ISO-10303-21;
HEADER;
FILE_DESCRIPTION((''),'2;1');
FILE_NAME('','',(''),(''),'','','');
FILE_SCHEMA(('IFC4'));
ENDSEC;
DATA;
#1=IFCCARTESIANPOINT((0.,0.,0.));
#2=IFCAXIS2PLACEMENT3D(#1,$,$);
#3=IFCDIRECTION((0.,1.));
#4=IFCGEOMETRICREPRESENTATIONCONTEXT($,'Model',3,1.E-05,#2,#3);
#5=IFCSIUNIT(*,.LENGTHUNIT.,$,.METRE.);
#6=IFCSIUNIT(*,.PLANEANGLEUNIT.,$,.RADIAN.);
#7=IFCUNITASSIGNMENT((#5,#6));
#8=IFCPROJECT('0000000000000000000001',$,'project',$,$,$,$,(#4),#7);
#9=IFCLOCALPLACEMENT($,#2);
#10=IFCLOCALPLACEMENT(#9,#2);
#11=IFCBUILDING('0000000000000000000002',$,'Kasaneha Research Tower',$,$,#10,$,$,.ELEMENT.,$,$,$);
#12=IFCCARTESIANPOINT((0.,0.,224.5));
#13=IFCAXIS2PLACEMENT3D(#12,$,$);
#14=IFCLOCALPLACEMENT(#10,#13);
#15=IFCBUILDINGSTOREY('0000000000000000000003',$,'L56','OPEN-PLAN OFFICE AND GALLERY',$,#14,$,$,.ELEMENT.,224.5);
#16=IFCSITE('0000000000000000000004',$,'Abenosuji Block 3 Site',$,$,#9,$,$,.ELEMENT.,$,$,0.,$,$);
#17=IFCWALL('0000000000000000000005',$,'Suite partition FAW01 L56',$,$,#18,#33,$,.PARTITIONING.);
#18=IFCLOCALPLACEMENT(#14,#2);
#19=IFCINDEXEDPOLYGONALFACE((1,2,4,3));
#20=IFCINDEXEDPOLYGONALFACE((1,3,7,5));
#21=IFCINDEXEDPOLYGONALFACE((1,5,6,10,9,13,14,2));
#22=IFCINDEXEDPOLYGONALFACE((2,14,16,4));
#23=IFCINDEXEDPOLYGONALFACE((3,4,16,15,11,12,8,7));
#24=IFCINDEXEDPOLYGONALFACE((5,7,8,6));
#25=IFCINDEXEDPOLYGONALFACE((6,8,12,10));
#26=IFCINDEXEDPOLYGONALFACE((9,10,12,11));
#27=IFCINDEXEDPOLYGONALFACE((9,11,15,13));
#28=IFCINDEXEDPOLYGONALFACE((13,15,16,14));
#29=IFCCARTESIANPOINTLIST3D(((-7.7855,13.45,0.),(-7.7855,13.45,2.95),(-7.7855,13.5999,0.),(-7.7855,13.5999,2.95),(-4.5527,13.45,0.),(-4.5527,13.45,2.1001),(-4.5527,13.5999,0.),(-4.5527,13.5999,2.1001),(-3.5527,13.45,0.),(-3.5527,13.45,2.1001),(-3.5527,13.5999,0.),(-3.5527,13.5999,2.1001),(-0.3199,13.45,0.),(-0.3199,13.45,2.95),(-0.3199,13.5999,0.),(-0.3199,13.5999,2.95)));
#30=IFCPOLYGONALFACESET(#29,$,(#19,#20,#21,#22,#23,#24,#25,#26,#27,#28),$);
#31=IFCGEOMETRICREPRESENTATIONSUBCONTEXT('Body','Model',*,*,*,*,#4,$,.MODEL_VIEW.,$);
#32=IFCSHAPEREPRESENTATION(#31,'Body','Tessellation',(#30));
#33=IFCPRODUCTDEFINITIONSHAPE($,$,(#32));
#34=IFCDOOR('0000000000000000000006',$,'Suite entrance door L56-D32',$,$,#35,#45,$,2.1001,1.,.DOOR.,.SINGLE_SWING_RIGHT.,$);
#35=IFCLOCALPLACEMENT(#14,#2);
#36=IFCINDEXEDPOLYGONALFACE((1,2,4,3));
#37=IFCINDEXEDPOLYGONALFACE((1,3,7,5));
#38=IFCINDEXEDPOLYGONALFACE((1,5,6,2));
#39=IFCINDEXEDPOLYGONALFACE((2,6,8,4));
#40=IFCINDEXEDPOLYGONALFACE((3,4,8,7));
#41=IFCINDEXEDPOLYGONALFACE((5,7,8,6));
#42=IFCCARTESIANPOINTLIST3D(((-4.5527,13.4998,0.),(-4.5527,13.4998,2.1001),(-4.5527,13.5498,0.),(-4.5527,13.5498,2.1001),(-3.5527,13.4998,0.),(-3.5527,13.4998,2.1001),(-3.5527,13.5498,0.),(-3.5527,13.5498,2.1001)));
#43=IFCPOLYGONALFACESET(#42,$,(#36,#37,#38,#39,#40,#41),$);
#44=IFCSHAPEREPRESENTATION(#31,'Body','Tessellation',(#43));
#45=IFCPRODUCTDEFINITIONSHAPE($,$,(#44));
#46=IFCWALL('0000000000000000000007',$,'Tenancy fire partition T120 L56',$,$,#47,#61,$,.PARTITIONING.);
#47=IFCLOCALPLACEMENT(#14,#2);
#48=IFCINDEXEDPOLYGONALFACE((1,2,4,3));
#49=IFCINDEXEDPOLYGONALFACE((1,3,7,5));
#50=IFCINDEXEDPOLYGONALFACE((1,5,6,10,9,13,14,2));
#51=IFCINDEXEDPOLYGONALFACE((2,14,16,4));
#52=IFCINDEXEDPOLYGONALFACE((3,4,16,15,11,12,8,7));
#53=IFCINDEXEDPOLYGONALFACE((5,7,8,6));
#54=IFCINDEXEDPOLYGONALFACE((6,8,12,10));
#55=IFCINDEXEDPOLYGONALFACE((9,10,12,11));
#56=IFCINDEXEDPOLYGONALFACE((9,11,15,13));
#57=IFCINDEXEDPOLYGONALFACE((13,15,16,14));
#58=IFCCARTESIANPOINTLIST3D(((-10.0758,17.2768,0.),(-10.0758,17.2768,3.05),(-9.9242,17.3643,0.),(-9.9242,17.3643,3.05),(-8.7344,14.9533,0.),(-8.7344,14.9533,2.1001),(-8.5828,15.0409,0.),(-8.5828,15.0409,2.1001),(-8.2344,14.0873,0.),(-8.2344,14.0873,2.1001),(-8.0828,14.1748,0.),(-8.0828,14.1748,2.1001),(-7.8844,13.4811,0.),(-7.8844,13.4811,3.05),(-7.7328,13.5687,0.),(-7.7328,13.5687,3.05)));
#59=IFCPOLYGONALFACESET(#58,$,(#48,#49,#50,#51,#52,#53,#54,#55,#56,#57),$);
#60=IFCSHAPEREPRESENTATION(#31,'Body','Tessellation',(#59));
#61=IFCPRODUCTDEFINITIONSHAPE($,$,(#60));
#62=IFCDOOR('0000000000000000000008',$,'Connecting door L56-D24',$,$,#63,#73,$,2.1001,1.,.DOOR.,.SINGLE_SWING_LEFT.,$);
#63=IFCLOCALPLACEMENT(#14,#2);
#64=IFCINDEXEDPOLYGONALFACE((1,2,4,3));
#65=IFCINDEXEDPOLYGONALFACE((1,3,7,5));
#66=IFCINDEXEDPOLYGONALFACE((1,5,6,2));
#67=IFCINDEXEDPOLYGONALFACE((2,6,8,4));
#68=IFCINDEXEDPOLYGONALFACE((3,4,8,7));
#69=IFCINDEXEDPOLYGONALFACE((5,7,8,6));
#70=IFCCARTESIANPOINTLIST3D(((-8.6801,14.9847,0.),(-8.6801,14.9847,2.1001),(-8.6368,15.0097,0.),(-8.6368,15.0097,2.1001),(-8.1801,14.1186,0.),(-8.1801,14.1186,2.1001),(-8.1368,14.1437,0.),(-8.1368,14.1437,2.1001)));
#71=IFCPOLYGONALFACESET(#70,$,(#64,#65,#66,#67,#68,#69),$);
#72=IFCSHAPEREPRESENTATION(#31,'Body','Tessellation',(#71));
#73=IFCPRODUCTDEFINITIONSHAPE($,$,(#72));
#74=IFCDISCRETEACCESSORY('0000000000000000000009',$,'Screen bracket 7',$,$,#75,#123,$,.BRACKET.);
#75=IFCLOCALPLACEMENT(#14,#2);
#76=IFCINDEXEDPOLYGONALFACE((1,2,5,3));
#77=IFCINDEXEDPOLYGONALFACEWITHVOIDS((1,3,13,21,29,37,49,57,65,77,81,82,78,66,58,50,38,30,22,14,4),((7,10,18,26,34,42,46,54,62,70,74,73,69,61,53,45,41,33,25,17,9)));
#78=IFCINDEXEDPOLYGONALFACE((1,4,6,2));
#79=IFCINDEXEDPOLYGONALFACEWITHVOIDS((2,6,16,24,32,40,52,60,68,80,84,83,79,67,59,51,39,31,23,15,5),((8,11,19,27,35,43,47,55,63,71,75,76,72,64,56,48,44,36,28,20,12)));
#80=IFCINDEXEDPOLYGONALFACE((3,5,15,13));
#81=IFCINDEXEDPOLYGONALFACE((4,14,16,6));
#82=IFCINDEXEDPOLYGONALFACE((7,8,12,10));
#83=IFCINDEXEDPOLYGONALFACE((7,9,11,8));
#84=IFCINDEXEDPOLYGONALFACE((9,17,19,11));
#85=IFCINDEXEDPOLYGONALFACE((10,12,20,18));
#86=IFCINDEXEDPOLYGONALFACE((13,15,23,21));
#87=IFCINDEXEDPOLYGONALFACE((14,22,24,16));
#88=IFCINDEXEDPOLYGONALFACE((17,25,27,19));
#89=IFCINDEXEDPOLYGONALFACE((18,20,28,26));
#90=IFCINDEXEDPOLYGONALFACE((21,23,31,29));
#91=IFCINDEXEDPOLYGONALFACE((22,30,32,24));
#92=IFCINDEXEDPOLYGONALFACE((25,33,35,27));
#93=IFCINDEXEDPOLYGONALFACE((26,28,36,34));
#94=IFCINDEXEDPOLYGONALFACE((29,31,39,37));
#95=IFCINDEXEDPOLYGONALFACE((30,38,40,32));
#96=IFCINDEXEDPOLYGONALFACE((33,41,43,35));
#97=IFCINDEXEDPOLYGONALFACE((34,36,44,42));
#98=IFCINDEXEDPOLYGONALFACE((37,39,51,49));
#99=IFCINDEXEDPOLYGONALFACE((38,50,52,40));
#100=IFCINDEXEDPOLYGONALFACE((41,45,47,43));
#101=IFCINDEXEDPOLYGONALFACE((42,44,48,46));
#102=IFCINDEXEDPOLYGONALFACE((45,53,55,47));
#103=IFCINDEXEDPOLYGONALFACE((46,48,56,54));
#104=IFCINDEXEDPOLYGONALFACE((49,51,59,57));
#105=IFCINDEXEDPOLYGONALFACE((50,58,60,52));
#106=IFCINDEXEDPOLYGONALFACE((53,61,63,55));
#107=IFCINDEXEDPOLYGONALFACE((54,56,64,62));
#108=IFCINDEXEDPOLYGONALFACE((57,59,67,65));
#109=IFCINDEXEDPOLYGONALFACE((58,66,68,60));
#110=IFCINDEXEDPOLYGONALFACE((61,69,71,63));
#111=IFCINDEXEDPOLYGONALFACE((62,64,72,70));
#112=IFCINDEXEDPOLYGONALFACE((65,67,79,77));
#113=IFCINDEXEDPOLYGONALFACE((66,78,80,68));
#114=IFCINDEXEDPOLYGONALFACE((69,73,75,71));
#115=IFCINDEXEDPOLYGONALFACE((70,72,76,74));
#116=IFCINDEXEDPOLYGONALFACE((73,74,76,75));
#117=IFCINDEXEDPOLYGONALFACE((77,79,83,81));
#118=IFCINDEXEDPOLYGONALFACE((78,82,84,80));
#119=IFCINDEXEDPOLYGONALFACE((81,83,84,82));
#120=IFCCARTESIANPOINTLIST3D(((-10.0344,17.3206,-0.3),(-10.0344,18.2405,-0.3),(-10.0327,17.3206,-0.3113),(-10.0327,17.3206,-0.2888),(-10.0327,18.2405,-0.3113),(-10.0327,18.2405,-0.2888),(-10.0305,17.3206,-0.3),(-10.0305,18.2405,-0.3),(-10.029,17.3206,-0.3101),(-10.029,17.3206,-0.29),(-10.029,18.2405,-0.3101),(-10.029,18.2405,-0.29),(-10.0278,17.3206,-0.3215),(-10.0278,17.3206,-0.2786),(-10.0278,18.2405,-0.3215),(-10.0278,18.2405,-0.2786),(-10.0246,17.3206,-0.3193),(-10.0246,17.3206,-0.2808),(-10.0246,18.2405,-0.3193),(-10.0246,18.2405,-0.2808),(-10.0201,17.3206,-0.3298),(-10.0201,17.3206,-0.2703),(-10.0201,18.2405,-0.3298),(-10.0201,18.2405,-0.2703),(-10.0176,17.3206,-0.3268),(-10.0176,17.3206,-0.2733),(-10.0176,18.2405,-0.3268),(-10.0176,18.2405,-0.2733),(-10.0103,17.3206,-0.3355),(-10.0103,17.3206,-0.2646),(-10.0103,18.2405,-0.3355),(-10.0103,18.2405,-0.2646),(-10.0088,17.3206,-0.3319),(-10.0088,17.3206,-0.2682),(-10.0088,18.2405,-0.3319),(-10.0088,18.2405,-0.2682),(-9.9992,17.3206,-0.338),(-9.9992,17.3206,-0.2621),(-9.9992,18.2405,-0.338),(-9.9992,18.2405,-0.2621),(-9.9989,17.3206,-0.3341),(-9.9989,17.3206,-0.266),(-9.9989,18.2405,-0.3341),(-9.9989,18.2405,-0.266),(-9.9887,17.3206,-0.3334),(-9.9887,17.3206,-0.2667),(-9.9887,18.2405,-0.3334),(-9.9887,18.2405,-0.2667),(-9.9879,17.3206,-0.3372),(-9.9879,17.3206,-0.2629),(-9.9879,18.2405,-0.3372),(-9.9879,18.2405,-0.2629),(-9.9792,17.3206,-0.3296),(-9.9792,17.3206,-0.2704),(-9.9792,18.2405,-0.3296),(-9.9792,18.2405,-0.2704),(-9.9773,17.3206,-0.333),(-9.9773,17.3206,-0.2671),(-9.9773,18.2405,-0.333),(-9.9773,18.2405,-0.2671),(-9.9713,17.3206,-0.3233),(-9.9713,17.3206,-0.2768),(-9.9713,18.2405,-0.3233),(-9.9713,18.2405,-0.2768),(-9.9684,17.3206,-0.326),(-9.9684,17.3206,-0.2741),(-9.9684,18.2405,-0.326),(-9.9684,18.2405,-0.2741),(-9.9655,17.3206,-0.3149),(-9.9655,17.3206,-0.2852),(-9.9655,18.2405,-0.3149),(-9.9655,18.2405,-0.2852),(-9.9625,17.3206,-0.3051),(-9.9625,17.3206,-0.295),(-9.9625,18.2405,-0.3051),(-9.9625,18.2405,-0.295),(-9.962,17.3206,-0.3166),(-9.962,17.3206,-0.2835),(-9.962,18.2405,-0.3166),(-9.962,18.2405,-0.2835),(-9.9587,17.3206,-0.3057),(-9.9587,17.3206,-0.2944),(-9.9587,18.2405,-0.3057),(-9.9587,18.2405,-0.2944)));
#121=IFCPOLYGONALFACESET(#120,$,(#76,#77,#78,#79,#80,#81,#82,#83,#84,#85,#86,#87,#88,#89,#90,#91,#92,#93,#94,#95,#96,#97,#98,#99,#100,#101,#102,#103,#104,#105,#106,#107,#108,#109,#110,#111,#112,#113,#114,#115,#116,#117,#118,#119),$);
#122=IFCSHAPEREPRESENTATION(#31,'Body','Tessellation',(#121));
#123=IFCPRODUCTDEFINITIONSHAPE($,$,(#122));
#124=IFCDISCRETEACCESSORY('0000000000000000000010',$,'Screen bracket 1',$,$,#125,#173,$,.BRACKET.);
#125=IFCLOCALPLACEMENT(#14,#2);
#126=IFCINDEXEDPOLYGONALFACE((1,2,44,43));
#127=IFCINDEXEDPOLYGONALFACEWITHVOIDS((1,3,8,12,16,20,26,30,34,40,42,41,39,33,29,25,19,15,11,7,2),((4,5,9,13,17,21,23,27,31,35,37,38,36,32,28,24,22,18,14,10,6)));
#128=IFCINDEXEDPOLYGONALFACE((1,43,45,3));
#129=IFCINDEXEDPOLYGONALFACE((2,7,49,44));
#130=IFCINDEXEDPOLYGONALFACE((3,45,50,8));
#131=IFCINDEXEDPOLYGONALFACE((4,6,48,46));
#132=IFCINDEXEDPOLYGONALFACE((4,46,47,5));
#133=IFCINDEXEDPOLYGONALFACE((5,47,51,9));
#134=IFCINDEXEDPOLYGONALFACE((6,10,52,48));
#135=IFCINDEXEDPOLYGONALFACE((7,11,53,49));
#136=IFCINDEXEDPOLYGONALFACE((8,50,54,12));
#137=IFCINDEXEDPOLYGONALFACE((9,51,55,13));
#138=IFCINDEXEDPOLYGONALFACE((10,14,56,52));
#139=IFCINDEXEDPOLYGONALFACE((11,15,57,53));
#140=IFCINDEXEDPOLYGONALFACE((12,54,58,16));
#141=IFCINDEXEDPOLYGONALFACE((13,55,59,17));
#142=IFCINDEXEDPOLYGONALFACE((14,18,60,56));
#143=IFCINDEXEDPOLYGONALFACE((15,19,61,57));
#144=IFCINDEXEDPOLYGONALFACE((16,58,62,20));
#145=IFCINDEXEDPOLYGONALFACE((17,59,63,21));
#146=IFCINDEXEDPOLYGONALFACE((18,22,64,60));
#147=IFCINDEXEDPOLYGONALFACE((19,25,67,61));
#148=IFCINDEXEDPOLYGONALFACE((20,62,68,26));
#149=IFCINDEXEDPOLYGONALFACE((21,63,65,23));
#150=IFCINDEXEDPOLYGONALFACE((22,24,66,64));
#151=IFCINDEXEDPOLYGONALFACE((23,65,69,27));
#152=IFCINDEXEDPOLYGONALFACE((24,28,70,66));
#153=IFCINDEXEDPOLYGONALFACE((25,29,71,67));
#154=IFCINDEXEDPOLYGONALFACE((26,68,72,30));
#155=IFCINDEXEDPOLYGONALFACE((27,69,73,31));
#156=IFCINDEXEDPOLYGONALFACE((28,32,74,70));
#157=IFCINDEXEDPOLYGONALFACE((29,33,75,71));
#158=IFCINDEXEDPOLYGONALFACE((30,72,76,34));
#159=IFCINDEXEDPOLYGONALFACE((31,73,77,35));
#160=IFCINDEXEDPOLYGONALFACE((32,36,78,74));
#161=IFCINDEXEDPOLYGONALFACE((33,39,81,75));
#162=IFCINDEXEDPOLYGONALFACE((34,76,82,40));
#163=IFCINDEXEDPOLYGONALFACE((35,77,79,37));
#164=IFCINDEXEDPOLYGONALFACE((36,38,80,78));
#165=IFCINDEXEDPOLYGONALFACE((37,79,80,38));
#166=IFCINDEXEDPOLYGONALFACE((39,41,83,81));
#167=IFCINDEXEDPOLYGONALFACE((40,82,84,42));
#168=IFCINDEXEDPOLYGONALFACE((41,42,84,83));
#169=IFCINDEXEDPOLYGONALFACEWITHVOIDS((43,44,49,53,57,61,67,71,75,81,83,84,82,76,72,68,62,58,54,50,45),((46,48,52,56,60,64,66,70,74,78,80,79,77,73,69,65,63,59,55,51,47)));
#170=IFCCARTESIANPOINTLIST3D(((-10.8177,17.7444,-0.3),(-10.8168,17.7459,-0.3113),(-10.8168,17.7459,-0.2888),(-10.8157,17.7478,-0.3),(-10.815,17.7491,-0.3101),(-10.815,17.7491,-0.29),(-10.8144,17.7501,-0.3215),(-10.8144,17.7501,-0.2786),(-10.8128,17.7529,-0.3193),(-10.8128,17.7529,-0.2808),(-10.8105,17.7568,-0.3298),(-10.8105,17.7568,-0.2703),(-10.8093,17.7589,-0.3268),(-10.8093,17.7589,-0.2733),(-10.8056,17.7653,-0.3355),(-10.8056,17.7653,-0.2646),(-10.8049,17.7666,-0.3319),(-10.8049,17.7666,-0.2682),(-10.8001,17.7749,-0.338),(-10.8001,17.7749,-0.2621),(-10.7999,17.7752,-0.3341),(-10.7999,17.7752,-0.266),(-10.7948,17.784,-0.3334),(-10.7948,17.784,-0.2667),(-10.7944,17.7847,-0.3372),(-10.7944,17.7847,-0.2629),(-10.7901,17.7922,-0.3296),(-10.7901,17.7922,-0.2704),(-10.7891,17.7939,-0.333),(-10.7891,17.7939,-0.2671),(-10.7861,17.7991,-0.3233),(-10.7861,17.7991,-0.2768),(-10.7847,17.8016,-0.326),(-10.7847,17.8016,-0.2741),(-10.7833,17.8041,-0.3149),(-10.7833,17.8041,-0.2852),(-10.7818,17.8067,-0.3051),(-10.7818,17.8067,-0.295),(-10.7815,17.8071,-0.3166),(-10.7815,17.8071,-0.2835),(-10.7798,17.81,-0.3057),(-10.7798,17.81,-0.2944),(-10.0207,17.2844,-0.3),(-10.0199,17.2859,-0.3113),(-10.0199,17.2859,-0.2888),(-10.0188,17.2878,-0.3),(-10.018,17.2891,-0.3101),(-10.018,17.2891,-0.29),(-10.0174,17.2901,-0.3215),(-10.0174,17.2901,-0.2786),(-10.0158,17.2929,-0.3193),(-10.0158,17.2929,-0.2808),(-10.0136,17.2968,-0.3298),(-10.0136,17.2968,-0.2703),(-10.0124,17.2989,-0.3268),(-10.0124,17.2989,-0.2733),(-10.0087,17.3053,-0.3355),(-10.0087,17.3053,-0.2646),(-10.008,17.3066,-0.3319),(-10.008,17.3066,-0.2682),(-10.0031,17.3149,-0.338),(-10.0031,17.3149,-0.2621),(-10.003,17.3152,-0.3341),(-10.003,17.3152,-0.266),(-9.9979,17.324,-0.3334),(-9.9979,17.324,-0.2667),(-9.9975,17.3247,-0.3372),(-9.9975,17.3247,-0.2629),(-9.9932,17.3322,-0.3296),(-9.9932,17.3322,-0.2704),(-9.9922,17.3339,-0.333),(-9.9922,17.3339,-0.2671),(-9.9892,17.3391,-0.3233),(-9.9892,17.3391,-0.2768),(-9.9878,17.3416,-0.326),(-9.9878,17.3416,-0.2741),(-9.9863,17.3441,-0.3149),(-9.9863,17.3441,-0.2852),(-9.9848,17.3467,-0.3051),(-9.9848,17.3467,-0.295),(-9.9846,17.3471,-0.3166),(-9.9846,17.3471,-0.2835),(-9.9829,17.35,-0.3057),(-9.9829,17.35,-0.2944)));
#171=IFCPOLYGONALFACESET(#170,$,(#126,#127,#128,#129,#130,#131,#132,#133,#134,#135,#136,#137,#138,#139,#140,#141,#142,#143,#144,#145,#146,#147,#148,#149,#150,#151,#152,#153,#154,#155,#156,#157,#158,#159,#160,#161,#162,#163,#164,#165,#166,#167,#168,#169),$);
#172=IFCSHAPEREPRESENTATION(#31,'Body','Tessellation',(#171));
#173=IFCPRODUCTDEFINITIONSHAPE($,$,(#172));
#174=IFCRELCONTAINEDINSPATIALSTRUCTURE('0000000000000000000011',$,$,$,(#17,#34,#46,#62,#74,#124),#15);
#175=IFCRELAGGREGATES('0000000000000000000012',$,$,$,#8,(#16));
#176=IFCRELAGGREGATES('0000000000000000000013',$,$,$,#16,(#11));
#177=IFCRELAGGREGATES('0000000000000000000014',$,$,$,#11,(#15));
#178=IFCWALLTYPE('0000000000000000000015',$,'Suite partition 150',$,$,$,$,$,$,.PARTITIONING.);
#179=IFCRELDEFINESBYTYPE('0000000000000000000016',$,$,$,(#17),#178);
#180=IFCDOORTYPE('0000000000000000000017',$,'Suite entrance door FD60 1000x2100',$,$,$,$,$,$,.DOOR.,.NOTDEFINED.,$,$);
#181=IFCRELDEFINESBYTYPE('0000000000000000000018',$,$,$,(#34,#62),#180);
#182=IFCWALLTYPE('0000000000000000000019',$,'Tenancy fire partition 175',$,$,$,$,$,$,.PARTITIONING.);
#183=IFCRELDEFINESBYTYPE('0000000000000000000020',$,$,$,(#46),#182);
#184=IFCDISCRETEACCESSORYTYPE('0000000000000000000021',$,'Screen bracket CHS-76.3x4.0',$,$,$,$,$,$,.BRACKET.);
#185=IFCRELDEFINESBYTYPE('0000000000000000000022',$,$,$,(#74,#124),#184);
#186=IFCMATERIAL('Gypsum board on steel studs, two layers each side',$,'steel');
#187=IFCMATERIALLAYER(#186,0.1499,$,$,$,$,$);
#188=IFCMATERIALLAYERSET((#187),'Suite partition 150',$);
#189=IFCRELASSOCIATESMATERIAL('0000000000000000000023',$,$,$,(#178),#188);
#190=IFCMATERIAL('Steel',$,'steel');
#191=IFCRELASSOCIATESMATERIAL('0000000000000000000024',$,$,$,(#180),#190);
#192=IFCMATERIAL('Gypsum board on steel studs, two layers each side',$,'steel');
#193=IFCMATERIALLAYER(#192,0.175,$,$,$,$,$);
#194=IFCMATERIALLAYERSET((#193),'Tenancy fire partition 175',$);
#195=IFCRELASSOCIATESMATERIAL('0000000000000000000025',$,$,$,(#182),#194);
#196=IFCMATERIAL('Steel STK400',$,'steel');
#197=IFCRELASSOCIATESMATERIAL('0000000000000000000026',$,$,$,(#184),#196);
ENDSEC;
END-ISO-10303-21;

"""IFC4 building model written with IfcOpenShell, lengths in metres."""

from ifc_helpers import new_model, si_unit, direction, frame, frame_2d, origin, origin_2d, place, context, subcontext, project, spatial, rectangle, hollow_circle, extrude, material, layer, layer_set, material_profile, profile_set, type_object, element, fill, save


model = new_model("IFC4")

# Units and contexts
model_context = context("Model", 3, precision=1e-05, world=origin(), true_north=direction((0.0, 1.0)))
body_context = subcontext(model_context, "Body", "Model", "MODEL_VIEW")
ifc_project = project(units=[si_unit("LENGTHUNIT", "METRE"), si_unit("PLANEANGLEUNIT", "RADIAN")], contexts=[model_context])

# Site, building, storey
site_placement = place(None, origin())
site = spatial("IfcSite", under=ifc_project, at=site_placement, Name="Abenosuji Block 3 Site", CompositionType="ELEMENT", RefElevation=0.0)
building_placement = place(site_placement, origin())
building = spatial("IfcBuilding", under=site, at=building_placement, Name="Kasaneha Research Tower", CompositionType="ELEMENT")
storey_placement = place(building_placement, frame((0.0, 0.0, 224.5)))
storey = spatial("IfcBuildingStorey", under=building, at=storey_placement, Name="L56", Description="OPEN-PLAN OFFICE AND GALLERY", CompositionType="ELEMENT", Elevation=224.5)

# Walls, openings, doors
ifc_material_1 = material(Name="Gypsum board on steel studs, two layers each side", Category="steel")
ifc_layer_1 = layer(ifc_material_1, 0.1499)
ifc_layer_set_1 = layer_set([ifc_layer_1], Name="Suite partition 150")
wall_type_1 = type_object("IfcWallType", Name="Suite partition 150", PredefinedType="PARTITIONING", material=ifc_layer_set_1)
wall_1_placement = place(storey_placement, frame((-7.7856, 13.5249, 0.0), z_axis=(0.0, 0.0, 1.0), x_axis=(1.0, 0.0, 0.0)))
wall_1 = element("IfcWall", 1, at=wall_1_placement, inside=storey, type_object=wall_type_1, Name="Suite partition FAW01 L56", PredefinedType="PARTITIONING", context=body_context, shape_type="SweptSolid", body=[
    extrude(rectangle(XDim=7.4656, YDim=0.1499, at=frame_2d((3.7329, 0.0))), origin(), (0.0, 0.0, 1.0), 2.95),
])
opening_1_placement = place(wall_1_placement, frame((3.2329, 0.0, 0.0)))
opening_1 = element("IfcOpeningElement", 2, at=opening_1_placement, cuts=wall_1, PredefinedType="OPENING", context=body_context, shape_type="SweptSolid", body=[
    extrude(rectangle(XDim=1.0, YDim=2.1001, at=frame_2d((0.5, 1.05))), frame((0.0, 0.085, 0.0), z_axis=(0.0, -1.0, 0.0), x_axis=(1.0, 0.0, 0.0)), (0.0, 0.0, 1.0), 0.1699),
])
ifc_material_2 = material(Name="Steel", Category="steel")
door_type_1 = type_object("IfcDoorType", Name="Suite entrance door FD60 1000x2100", OperationType="NOTDEFINED", PredefinedType="DOOR", material=ifc_material_2)
door_1_placement = place(opening_1_placement, origin())
door_1 = element("IfcDoor", 3, at=door_1_placement, inside=storey, type_object=door_type_1, Name="Suite entrance door L56-D32", OperationType="SINGLE_SWING_RIGHT", OverallHeight=2.1001, OverallWidth=1.0, PredefinedType="DOOR", context=body_context, shape_type="SweptSolid", body=[
    extrude(rectangle(XDim=1.0, YDim=2.1001, at=frame_2d((0.5, 1.05))), frame((0.0, 0.0249, 0.0), z_axis=(0.0, -1.0, 0.0), x_axis=(1.0, 0.0, 0.0)), (0.0, 0.0, 1.0), 0.05),
])
fill(opening_1, door_1)
ifc_material_3 = material(Name="Gypsum board on steel studs, two layers each side", Category="steel")
ifc_layer_2 = layer(ifc_material_3, 0.175)
ifc_layer_set_2 = layer_set([ifc_layer_2], Name="Tenancy fire partition 175")
wall_type_2 = type_object("IfcWallType", Name="Tenancy fire partition 175", PredefinedType="PARTITIONING", material=ifc_layer_set_2)
wall_2_placement = place(storey_placement, frame((-7.8086, 13.5249, 0.0), z_axis=(0.0, 0.0, 1.0), x_axis=(-0.499997, 0.866027, 0.0)))
wall_2 = element("IfcWall", 4, at=wall_2_placement, inside=storey, type_object=wall_type_2, Name="Tenancy fire partition T120 L56", PredefinedType="PARTITIONING", context=body_context, shape_type="SweptSolid", body=[
    extrude(rectangle(XDim=4.3828, YDim=0.175, at=frame_2d((2.1914, 0.0))), origin(), (0.0, 0.0, 1.0), 3.05),
])
opening_2_placement = place(wall_2_placement, frame((0.7, 0.0, 0.0)))
opening_2 = element("IfcOpeningElement", 5, at=opening_2_placement, cuts=wall_2, PredefinedType="OPENING", context=body_context, shape_type="SweptSolid", body=[
    extrude(rectangle(XDim=1.0, YDim=2.1001, at=frame_2d((0.5, 1.05))), frame((0.0, 0.0977, 0.0), z_axis=(0.0, -1.0, 0.0), x_axis=(1.0, 0.0, 0.0)), (0.0, 0.0, 1.0), 0.1951),
])
door_2_placement = place(opening_2_placement, origin())
door_2 = element("IfcDoor", 6, at=door_2_placement, inside=storey, type_object=door_type_1, Name="Connecting door L56-D24", OperationType="SINGLE_SWING_LEFT", OverallHeight=2.1001, OverallWidth=1.0, PredefinedType="DOOR", context=body_context, shape_type="SweptSolid", body=[
    extrude(rectangle(XDim=1.0, YDim=2.1001, at=frame_2d((0.5, 1.05))), frame((0.0, 0.0249, 0.0), z_axis=(0.0, -1.0, 0.0), x_axis=(1.0, 0.0, 0.0)), (0.0, 0.0, 1.0), 0.05),
])
fill(opening_2, door_2)

# Discrete accessories
ifc_material_4 = material(Name="Steel STK400", Category="steel")
ifc_material_profile_1 = material_profile(ifc_material_4, hollow_circle(Radius=0.0381, WallThickness=0.0039, at=origin_2d()), Name="CHS-76.3x4.0")
ifc_profile_set_1 = profile_set([ifc_material_profile_1], Name="Steel STK400")
discrete_accessory_type = type_object("IfcDiscreteAccessoryType", Name="Screen bracket CHS-76.3x4.0", PredefinedType="BRACKET", material=ifc_profile_set_1)
discrete_accessory_1_placement = place(storey_placement, frame((-9.9963, 17.3206, -0.3), z_axis=(0.0, 1.0, 0.0), x_axis=(-1.0, 0.0, 0.0)))
element("IfcDiscreteAccessory", 7, at=discrete_accessory_1_placement, inside=storey, type_object=discrete_accessory_type, Name="Screen bracket 7", PredefinedType="BRACKET", context=body_context, shape_type="SweptSolid", body=[
    extrude(hollow_circle(Radius=0.0381, WallThickness=0.0039, at=origin_2d()), origin(), (0.0, 0.0, 1.0), 0.9199),
])
discrete_accessory_2_placement = place(storey_placement, frame((-10.0017, 17.3174, -0.3), z_axis=(-0.86608, 0.499906, 0.0), x_axis=(-0.499906, -0.86608, 0.0)))
element("IfcDiscreteAccessory", 8, at=discrete_accessory_2_placement, inside=storey, type_object=discrete_accessory_type, Name="Screen bracket 1", PredefinedType="BRACKET", context=body_context, shape_type="SweptSolid", body=[
    extrude(hollow_circle(Radius=0.0381, WallThickness=0.0039, at=origin_2d()), origin(), (0.0, 0.0, 1.0), 0.9202),
])

save(model, "model.ifc")
